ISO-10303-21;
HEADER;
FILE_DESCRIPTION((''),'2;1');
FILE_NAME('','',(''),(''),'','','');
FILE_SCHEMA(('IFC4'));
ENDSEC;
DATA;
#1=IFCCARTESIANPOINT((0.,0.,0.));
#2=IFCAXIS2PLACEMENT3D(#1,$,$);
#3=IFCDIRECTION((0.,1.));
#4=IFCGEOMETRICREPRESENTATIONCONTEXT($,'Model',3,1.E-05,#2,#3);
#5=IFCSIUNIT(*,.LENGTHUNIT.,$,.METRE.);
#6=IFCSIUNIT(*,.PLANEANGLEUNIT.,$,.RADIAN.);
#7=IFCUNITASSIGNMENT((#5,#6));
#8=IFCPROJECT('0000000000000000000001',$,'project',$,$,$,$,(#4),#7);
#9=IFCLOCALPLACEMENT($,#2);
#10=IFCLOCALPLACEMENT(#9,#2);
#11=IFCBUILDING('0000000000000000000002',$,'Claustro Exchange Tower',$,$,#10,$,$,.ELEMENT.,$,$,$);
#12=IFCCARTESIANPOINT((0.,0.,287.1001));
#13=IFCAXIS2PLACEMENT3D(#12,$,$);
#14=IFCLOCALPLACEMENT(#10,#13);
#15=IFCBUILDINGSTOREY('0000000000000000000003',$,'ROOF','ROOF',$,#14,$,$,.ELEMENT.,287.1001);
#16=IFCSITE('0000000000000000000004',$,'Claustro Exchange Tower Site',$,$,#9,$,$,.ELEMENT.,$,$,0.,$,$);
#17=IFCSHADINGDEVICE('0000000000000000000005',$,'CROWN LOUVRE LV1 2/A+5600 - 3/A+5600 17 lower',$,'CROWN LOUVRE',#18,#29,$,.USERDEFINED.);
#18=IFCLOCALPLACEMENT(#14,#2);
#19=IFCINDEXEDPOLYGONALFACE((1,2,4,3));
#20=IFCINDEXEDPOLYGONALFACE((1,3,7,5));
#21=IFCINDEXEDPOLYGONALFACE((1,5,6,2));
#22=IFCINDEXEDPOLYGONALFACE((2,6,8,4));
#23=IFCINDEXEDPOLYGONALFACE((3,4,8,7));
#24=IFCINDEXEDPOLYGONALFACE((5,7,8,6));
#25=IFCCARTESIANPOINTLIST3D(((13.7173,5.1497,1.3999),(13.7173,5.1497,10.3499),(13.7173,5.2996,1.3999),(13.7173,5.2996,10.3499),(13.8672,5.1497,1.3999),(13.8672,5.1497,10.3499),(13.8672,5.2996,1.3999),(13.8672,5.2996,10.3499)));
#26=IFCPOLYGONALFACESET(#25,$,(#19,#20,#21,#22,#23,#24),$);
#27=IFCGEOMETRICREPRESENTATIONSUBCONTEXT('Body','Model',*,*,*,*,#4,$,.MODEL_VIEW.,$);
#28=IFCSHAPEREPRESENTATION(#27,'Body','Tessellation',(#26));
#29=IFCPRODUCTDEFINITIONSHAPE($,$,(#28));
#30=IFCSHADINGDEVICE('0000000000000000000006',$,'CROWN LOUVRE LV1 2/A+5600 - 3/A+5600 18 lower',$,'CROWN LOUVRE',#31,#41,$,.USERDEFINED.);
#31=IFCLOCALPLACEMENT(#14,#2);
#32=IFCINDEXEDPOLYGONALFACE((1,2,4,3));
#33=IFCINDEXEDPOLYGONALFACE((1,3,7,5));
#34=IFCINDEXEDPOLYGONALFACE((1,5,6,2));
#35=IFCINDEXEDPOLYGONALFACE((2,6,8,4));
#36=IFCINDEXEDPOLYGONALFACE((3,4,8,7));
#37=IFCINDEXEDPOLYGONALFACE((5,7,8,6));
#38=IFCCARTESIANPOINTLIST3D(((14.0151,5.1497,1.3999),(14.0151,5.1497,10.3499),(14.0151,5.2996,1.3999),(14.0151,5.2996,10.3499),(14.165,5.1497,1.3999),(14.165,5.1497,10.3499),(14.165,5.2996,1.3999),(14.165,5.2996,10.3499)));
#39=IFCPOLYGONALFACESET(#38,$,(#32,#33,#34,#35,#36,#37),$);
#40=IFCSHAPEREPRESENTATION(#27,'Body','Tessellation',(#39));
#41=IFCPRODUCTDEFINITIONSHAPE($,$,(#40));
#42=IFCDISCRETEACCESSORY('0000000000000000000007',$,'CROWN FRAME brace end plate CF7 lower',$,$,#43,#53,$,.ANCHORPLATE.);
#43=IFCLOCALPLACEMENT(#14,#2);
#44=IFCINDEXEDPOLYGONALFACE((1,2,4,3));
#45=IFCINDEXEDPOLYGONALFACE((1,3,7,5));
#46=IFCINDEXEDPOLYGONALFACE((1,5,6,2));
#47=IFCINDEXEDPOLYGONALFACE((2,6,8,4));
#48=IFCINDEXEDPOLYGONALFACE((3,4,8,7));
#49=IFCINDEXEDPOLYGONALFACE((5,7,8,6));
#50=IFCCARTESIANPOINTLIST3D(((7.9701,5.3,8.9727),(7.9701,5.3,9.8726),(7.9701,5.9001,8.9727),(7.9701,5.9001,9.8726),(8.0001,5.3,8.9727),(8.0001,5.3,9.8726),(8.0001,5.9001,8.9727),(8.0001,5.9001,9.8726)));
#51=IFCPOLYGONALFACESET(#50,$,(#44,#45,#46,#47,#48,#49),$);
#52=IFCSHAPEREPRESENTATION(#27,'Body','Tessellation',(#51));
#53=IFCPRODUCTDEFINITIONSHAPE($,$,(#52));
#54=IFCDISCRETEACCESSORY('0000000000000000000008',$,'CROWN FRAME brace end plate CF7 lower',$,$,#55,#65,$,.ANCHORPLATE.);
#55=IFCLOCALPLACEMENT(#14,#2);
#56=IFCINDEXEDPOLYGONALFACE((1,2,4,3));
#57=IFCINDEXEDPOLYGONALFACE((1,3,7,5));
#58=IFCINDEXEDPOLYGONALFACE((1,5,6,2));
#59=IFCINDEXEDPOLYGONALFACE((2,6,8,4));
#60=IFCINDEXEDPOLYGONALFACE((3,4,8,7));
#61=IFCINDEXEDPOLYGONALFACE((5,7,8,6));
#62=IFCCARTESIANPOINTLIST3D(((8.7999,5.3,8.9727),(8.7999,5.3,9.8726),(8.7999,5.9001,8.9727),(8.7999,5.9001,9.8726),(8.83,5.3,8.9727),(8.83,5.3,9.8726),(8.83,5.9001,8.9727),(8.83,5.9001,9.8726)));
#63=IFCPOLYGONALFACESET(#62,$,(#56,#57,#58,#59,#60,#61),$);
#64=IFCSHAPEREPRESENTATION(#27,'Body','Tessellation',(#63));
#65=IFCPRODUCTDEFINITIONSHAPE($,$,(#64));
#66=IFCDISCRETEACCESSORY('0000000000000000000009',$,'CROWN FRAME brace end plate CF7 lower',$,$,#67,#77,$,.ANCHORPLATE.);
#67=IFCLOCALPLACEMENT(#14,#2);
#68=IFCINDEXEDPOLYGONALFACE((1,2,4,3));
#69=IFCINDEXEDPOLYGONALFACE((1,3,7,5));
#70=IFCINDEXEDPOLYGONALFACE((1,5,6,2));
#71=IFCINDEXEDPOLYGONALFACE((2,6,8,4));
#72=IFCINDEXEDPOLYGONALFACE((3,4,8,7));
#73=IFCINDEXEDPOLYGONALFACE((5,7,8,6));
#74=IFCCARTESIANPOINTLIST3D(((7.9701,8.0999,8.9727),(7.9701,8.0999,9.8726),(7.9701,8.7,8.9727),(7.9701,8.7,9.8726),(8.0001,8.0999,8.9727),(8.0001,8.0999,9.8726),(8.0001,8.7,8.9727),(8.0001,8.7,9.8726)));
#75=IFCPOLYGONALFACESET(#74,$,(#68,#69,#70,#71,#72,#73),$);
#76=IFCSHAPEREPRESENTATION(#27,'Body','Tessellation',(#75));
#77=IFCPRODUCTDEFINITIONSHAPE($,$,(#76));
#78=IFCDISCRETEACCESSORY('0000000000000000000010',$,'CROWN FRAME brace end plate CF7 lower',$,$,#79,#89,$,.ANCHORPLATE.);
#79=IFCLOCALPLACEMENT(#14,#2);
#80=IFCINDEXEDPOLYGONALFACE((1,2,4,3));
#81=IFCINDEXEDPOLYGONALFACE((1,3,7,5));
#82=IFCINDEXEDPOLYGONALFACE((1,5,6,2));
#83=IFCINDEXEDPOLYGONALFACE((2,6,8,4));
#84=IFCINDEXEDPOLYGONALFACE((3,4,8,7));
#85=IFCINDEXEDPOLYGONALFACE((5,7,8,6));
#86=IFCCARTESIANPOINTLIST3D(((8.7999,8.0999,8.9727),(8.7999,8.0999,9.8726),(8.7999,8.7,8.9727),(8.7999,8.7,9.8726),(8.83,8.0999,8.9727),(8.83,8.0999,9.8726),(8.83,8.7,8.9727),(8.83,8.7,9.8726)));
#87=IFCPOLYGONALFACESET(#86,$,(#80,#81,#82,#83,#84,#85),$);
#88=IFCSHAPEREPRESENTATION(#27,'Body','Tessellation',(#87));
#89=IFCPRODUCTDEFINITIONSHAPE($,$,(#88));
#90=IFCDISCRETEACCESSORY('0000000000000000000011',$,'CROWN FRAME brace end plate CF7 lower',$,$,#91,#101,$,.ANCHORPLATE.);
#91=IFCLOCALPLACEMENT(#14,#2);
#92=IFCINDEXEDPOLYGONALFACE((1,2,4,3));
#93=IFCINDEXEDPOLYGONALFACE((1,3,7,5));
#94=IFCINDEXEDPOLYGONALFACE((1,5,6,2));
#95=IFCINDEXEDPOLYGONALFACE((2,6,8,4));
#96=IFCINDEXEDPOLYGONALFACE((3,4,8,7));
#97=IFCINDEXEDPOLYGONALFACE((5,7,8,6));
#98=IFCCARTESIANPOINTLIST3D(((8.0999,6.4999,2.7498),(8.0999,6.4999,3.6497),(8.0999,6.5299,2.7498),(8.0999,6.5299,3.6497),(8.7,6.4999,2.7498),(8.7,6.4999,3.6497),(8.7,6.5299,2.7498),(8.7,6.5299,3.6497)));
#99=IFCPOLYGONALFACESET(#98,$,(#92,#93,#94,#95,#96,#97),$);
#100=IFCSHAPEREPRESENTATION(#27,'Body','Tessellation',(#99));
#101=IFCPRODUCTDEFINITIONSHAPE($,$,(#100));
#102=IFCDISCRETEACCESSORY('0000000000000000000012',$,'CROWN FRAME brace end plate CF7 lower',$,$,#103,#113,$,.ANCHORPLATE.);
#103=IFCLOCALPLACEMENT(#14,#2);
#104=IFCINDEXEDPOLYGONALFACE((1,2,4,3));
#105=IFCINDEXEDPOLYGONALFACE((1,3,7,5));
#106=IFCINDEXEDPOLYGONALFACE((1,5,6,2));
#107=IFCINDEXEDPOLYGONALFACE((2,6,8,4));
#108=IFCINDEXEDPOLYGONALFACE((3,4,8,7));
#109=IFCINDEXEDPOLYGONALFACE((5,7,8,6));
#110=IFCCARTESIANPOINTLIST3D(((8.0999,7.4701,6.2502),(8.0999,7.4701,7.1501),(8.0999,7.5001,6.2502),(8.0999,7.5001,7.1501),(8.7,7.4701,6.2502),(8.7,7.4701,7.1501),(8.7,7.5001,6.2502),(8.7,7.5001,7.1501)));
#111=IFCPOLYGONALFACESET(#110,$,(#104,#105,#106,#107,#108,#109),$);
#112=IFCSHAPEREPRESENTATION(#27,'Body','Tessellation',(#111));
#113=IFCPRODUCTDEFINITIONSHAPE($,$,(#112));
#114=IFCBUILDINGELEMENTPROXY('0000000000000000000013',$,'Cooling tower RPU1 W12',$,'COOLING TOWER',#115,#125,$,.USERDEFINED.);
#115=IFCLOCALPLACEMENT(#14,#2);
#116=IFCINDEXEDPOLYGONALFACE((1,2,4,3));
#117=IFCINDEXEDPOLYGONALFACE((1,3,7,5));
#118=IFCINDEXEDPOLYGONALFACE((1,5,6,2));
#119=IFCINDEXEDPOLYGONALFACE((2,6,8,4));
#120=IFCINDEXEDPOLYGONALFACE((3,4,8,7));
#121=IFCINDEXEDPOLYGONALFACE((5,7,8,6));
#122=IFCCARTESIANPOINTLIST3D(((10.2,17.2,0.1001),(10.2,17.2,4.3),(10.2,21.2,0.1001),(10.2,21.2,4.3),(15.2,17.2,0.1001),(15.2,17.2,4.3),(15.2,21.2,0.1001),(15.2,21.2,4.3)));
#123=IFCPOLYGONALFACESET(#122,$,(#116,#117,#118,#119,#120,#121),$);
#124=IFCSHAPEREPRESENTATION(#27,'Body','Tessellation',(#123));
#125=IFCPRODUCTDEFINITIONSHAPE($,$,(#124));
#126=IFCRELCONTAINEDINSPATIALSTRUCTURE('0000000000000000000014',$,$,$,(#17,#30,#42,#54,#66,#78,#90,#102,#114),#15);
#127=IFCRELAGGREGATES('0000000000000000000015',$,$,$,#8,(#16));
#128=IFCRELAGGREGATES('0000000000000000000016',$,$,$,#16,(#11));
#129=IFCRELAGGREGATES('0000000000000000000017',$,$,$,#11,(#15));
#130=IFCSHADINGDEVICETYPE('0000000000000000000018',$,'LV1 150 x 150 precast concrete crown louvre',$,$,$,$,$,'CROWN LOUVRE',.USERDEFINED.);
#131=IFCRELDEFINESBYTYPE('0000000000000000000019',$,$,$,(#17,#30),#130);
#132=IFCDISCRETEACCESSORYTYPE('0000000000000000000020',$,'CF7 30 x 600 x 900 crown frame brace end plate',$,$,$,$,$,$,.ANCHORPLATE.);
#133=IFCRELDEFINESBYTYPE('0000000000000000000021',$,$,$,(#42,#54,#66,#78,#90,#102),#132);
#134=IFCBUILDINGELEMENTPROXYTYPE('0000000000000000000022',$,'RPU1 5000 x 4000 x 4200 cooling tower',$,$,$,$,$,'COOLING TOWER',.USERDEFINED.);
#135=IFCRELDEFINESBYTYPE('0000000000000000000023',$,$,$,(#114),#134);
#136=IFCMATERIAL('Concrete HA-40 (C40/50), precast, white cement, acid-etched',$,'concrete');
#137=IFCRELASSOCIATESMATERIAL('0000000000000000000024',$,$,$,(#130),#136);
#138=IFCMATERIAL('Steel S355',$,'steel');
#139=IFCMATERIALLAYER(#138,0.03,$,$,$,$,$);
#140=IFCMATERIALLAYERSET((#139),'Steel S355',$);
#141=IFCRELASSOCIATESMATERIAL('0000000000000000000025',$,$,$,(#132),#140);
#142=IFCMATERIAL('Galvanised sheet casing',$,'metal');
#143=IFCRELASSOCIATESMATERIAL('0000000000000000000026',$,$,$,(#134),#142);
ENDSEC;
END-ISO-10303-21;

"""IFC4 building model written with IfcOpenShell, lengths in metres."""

from ifc_helpers import new_model, si_unit, direction, frame, origin, origin_2d, place, context, subcontext, project, spatial, rectangle, extrude, material, layer, layer_set, type_object, element, save


model = new_model("IFC4")

# Units and contexts
model_context = context("Model", 3, precision=1e-05, world=origin(), true_north=direction((0.0, 1.0)))
body_context = subcontext(model_context, "Body", "Model", "MODEL_VIEW")
ifc_project = project(units=[si_unit("LENGTHUNIT", "METRE"), si_unit("PLANEANGLEUNIT", "RADIAN")], contexts=[model_context])

# Site, building, storey
site_placement = place(None, origin())
site = spatial("IfcSite", under=ifc_project, at=site_placement, Name="Claustro Exchange Tower Site", CompositionType="ELEMENT", RefElevation=0.0)
building_placement = place(site_placement, origin())
building = spatial("IfcBuilding", under=site, at=building_placement, Name="Claustro Exchange Tower", CompositionType="ELEMENT")
storey_placement = place(building_placement, frame((0.0, 0.0, 287.1001)))
storey = spatial("IfcBuildingStorey", under=building, at=storey_placement, Name="ROOF", Description="ROOF", CompositionType="ELEMENT", Elevation=287.1001)

# Shading devices
ifc_material_1 = material(Name="Concrete HA-40 (C40/50), precast, white cement, acid-etched", Category="concrete")
shading_device_type = type_object("IfcShadingDeviceType", Name="LV1 150 x 150 precast concrete crown louvre", ElementType="CROWN LOUVRE", PredefinedType="USERDEFINED", material=ifc_material_1)
for number, where, z_axis, x_axis, name in (
    (1, (13.7922, 5.2246, 1.3999), (0.0, 0.0, 1.0), (1.0, 0.0, 0.0), "CROWN LOUVRE LV1 2/A+5600 - 3/A+5600 17 lower"),
    (2, (14.0901, 5.2246, 1.3999), (0.0, 0.0, 1.0), (1.0, 0.0, 0.0), "CROWN LOUVRE LV1 2/A+5600 - 3/A+5600 18 lower"),
):
    element("IfcShadingDevice", number, at=place(storey_placement, frame(where, z_axis=z_axis, x_axis=x_axis)), inside=storey, type_object=shading_device_type, Name=name, ObjectType="CROWN LOUVRE", PredefinedType="USERDEFINED", context=body_context, shape_type="SweptSolid", body=[
        extrude(rectangle(XDim=0.1499, YDim=0.1499, at=origin_2d()), origin(), (0.0, 0.0, 1.0), 8.95),
    ])

# Discrete accessories
ifc_material_2 = material(Name="Steel S355", Category="steel")
ifc_layer = layer(ifc_material_2, 0.03)
ifc_layer_set = layer_set([ifc_layer], Name="Steel S355")
discrete_accessory_type = type_object("IfcDiscreteAccessoryType", Name="CF7 30 x 600 x 900 crown frame brace end plate", PredefinedType="ANCHORPLATE", material=ifc_layer_set)
for number, where, z_axis, x_axis, name in (
    (3, (7.9851, 5.6001, 8.9727), (0.0, 0.0, 1.0), (1.0, 0.0, 0.0), "CROWN FRAME brace end plate CF7 lower"),
    (4, (8.8149, 5.6001, 8.9727), (0.0, 0.0, 1.0), (-1.0, 0.0, 0.0), "CROWN FRAME brace end plate CF7 lower"),
    (5, (7.9851, 8.3999, 8.9727), (0.0, 0.0, 1.0), (1.0, 0.0, 0.0), "CROWN FRAME brace end plate CF7 lower"),
    (6, (8.8149, 8.3999, 8.9727), (0.0, 0.0, 1.0), (-1.0, 0.0, 0.0), "CROWN FRAME brace end plate CF7 lower"),
    (7, (8.3999, 6.5149, 2.7498), (0.0, 0.0, 1.0), (0.0, 1.0, 0.0), "CROWN FRAME brace end plate CF7 lower"),
    (8, (8.3999, 7.4851, 6.2502), (0.0, 0.0, 1.0), (0.0, 1.0, 0.0), "CROWN FRAME brace end plate CF7 lower"),
):
    element("IfcDiscreteAccessory", number, at=place(storey_placement, frame(where, z_axis=z_axis, x_axis=x_axis)), inside=storey, type_object=discrete_accessory_type, Name=name, PredefinedType="ANCHORPLATE", context=body_context, shape_type="SweptSolid", body=[
        extrude(rectangle(XDim=0.03, YDim=0.6001, at=origin_2d()), origin(), (0.0, 0.0, 1.0), 0.8999),
    ])

# Building element proxy
ifc_material_3 = material(Name="Galvanised sheet casing", Category="metal")
building_element_proxy_type = type_object("IfcBuildingElementProxyType", Name="RPU1 5000 x 4000 x 4200 cooling tower", ElementType="COOLING TOWER", PredefinedType="USERDEFINED", material=ifc_material_3)
proxy_placement = place(storey_placement, frame((12.7, 19.2, 0.1001), z_axis=(0.0, 0.0, 1.0), x_axis=(1.0, 0.0, 0.0)))
element("IfcBuildingElementProxy", 9, at=proxy_placement, inside=storey, type_object=building_element_proxy_type, Name="Cooling tower RPU1 W12", ObjectType="COOLING TOWER", PredefinedType="USERDEFINED", context=body_context, shape_type="SweptSolid", body=[
    extrude(rectangle(XDim=5.0, YDim=4.0, at=origin_2d()), origin(), (0.0, 0.0, 1.0), 4.2),
])

save(model, "model.ifc")
